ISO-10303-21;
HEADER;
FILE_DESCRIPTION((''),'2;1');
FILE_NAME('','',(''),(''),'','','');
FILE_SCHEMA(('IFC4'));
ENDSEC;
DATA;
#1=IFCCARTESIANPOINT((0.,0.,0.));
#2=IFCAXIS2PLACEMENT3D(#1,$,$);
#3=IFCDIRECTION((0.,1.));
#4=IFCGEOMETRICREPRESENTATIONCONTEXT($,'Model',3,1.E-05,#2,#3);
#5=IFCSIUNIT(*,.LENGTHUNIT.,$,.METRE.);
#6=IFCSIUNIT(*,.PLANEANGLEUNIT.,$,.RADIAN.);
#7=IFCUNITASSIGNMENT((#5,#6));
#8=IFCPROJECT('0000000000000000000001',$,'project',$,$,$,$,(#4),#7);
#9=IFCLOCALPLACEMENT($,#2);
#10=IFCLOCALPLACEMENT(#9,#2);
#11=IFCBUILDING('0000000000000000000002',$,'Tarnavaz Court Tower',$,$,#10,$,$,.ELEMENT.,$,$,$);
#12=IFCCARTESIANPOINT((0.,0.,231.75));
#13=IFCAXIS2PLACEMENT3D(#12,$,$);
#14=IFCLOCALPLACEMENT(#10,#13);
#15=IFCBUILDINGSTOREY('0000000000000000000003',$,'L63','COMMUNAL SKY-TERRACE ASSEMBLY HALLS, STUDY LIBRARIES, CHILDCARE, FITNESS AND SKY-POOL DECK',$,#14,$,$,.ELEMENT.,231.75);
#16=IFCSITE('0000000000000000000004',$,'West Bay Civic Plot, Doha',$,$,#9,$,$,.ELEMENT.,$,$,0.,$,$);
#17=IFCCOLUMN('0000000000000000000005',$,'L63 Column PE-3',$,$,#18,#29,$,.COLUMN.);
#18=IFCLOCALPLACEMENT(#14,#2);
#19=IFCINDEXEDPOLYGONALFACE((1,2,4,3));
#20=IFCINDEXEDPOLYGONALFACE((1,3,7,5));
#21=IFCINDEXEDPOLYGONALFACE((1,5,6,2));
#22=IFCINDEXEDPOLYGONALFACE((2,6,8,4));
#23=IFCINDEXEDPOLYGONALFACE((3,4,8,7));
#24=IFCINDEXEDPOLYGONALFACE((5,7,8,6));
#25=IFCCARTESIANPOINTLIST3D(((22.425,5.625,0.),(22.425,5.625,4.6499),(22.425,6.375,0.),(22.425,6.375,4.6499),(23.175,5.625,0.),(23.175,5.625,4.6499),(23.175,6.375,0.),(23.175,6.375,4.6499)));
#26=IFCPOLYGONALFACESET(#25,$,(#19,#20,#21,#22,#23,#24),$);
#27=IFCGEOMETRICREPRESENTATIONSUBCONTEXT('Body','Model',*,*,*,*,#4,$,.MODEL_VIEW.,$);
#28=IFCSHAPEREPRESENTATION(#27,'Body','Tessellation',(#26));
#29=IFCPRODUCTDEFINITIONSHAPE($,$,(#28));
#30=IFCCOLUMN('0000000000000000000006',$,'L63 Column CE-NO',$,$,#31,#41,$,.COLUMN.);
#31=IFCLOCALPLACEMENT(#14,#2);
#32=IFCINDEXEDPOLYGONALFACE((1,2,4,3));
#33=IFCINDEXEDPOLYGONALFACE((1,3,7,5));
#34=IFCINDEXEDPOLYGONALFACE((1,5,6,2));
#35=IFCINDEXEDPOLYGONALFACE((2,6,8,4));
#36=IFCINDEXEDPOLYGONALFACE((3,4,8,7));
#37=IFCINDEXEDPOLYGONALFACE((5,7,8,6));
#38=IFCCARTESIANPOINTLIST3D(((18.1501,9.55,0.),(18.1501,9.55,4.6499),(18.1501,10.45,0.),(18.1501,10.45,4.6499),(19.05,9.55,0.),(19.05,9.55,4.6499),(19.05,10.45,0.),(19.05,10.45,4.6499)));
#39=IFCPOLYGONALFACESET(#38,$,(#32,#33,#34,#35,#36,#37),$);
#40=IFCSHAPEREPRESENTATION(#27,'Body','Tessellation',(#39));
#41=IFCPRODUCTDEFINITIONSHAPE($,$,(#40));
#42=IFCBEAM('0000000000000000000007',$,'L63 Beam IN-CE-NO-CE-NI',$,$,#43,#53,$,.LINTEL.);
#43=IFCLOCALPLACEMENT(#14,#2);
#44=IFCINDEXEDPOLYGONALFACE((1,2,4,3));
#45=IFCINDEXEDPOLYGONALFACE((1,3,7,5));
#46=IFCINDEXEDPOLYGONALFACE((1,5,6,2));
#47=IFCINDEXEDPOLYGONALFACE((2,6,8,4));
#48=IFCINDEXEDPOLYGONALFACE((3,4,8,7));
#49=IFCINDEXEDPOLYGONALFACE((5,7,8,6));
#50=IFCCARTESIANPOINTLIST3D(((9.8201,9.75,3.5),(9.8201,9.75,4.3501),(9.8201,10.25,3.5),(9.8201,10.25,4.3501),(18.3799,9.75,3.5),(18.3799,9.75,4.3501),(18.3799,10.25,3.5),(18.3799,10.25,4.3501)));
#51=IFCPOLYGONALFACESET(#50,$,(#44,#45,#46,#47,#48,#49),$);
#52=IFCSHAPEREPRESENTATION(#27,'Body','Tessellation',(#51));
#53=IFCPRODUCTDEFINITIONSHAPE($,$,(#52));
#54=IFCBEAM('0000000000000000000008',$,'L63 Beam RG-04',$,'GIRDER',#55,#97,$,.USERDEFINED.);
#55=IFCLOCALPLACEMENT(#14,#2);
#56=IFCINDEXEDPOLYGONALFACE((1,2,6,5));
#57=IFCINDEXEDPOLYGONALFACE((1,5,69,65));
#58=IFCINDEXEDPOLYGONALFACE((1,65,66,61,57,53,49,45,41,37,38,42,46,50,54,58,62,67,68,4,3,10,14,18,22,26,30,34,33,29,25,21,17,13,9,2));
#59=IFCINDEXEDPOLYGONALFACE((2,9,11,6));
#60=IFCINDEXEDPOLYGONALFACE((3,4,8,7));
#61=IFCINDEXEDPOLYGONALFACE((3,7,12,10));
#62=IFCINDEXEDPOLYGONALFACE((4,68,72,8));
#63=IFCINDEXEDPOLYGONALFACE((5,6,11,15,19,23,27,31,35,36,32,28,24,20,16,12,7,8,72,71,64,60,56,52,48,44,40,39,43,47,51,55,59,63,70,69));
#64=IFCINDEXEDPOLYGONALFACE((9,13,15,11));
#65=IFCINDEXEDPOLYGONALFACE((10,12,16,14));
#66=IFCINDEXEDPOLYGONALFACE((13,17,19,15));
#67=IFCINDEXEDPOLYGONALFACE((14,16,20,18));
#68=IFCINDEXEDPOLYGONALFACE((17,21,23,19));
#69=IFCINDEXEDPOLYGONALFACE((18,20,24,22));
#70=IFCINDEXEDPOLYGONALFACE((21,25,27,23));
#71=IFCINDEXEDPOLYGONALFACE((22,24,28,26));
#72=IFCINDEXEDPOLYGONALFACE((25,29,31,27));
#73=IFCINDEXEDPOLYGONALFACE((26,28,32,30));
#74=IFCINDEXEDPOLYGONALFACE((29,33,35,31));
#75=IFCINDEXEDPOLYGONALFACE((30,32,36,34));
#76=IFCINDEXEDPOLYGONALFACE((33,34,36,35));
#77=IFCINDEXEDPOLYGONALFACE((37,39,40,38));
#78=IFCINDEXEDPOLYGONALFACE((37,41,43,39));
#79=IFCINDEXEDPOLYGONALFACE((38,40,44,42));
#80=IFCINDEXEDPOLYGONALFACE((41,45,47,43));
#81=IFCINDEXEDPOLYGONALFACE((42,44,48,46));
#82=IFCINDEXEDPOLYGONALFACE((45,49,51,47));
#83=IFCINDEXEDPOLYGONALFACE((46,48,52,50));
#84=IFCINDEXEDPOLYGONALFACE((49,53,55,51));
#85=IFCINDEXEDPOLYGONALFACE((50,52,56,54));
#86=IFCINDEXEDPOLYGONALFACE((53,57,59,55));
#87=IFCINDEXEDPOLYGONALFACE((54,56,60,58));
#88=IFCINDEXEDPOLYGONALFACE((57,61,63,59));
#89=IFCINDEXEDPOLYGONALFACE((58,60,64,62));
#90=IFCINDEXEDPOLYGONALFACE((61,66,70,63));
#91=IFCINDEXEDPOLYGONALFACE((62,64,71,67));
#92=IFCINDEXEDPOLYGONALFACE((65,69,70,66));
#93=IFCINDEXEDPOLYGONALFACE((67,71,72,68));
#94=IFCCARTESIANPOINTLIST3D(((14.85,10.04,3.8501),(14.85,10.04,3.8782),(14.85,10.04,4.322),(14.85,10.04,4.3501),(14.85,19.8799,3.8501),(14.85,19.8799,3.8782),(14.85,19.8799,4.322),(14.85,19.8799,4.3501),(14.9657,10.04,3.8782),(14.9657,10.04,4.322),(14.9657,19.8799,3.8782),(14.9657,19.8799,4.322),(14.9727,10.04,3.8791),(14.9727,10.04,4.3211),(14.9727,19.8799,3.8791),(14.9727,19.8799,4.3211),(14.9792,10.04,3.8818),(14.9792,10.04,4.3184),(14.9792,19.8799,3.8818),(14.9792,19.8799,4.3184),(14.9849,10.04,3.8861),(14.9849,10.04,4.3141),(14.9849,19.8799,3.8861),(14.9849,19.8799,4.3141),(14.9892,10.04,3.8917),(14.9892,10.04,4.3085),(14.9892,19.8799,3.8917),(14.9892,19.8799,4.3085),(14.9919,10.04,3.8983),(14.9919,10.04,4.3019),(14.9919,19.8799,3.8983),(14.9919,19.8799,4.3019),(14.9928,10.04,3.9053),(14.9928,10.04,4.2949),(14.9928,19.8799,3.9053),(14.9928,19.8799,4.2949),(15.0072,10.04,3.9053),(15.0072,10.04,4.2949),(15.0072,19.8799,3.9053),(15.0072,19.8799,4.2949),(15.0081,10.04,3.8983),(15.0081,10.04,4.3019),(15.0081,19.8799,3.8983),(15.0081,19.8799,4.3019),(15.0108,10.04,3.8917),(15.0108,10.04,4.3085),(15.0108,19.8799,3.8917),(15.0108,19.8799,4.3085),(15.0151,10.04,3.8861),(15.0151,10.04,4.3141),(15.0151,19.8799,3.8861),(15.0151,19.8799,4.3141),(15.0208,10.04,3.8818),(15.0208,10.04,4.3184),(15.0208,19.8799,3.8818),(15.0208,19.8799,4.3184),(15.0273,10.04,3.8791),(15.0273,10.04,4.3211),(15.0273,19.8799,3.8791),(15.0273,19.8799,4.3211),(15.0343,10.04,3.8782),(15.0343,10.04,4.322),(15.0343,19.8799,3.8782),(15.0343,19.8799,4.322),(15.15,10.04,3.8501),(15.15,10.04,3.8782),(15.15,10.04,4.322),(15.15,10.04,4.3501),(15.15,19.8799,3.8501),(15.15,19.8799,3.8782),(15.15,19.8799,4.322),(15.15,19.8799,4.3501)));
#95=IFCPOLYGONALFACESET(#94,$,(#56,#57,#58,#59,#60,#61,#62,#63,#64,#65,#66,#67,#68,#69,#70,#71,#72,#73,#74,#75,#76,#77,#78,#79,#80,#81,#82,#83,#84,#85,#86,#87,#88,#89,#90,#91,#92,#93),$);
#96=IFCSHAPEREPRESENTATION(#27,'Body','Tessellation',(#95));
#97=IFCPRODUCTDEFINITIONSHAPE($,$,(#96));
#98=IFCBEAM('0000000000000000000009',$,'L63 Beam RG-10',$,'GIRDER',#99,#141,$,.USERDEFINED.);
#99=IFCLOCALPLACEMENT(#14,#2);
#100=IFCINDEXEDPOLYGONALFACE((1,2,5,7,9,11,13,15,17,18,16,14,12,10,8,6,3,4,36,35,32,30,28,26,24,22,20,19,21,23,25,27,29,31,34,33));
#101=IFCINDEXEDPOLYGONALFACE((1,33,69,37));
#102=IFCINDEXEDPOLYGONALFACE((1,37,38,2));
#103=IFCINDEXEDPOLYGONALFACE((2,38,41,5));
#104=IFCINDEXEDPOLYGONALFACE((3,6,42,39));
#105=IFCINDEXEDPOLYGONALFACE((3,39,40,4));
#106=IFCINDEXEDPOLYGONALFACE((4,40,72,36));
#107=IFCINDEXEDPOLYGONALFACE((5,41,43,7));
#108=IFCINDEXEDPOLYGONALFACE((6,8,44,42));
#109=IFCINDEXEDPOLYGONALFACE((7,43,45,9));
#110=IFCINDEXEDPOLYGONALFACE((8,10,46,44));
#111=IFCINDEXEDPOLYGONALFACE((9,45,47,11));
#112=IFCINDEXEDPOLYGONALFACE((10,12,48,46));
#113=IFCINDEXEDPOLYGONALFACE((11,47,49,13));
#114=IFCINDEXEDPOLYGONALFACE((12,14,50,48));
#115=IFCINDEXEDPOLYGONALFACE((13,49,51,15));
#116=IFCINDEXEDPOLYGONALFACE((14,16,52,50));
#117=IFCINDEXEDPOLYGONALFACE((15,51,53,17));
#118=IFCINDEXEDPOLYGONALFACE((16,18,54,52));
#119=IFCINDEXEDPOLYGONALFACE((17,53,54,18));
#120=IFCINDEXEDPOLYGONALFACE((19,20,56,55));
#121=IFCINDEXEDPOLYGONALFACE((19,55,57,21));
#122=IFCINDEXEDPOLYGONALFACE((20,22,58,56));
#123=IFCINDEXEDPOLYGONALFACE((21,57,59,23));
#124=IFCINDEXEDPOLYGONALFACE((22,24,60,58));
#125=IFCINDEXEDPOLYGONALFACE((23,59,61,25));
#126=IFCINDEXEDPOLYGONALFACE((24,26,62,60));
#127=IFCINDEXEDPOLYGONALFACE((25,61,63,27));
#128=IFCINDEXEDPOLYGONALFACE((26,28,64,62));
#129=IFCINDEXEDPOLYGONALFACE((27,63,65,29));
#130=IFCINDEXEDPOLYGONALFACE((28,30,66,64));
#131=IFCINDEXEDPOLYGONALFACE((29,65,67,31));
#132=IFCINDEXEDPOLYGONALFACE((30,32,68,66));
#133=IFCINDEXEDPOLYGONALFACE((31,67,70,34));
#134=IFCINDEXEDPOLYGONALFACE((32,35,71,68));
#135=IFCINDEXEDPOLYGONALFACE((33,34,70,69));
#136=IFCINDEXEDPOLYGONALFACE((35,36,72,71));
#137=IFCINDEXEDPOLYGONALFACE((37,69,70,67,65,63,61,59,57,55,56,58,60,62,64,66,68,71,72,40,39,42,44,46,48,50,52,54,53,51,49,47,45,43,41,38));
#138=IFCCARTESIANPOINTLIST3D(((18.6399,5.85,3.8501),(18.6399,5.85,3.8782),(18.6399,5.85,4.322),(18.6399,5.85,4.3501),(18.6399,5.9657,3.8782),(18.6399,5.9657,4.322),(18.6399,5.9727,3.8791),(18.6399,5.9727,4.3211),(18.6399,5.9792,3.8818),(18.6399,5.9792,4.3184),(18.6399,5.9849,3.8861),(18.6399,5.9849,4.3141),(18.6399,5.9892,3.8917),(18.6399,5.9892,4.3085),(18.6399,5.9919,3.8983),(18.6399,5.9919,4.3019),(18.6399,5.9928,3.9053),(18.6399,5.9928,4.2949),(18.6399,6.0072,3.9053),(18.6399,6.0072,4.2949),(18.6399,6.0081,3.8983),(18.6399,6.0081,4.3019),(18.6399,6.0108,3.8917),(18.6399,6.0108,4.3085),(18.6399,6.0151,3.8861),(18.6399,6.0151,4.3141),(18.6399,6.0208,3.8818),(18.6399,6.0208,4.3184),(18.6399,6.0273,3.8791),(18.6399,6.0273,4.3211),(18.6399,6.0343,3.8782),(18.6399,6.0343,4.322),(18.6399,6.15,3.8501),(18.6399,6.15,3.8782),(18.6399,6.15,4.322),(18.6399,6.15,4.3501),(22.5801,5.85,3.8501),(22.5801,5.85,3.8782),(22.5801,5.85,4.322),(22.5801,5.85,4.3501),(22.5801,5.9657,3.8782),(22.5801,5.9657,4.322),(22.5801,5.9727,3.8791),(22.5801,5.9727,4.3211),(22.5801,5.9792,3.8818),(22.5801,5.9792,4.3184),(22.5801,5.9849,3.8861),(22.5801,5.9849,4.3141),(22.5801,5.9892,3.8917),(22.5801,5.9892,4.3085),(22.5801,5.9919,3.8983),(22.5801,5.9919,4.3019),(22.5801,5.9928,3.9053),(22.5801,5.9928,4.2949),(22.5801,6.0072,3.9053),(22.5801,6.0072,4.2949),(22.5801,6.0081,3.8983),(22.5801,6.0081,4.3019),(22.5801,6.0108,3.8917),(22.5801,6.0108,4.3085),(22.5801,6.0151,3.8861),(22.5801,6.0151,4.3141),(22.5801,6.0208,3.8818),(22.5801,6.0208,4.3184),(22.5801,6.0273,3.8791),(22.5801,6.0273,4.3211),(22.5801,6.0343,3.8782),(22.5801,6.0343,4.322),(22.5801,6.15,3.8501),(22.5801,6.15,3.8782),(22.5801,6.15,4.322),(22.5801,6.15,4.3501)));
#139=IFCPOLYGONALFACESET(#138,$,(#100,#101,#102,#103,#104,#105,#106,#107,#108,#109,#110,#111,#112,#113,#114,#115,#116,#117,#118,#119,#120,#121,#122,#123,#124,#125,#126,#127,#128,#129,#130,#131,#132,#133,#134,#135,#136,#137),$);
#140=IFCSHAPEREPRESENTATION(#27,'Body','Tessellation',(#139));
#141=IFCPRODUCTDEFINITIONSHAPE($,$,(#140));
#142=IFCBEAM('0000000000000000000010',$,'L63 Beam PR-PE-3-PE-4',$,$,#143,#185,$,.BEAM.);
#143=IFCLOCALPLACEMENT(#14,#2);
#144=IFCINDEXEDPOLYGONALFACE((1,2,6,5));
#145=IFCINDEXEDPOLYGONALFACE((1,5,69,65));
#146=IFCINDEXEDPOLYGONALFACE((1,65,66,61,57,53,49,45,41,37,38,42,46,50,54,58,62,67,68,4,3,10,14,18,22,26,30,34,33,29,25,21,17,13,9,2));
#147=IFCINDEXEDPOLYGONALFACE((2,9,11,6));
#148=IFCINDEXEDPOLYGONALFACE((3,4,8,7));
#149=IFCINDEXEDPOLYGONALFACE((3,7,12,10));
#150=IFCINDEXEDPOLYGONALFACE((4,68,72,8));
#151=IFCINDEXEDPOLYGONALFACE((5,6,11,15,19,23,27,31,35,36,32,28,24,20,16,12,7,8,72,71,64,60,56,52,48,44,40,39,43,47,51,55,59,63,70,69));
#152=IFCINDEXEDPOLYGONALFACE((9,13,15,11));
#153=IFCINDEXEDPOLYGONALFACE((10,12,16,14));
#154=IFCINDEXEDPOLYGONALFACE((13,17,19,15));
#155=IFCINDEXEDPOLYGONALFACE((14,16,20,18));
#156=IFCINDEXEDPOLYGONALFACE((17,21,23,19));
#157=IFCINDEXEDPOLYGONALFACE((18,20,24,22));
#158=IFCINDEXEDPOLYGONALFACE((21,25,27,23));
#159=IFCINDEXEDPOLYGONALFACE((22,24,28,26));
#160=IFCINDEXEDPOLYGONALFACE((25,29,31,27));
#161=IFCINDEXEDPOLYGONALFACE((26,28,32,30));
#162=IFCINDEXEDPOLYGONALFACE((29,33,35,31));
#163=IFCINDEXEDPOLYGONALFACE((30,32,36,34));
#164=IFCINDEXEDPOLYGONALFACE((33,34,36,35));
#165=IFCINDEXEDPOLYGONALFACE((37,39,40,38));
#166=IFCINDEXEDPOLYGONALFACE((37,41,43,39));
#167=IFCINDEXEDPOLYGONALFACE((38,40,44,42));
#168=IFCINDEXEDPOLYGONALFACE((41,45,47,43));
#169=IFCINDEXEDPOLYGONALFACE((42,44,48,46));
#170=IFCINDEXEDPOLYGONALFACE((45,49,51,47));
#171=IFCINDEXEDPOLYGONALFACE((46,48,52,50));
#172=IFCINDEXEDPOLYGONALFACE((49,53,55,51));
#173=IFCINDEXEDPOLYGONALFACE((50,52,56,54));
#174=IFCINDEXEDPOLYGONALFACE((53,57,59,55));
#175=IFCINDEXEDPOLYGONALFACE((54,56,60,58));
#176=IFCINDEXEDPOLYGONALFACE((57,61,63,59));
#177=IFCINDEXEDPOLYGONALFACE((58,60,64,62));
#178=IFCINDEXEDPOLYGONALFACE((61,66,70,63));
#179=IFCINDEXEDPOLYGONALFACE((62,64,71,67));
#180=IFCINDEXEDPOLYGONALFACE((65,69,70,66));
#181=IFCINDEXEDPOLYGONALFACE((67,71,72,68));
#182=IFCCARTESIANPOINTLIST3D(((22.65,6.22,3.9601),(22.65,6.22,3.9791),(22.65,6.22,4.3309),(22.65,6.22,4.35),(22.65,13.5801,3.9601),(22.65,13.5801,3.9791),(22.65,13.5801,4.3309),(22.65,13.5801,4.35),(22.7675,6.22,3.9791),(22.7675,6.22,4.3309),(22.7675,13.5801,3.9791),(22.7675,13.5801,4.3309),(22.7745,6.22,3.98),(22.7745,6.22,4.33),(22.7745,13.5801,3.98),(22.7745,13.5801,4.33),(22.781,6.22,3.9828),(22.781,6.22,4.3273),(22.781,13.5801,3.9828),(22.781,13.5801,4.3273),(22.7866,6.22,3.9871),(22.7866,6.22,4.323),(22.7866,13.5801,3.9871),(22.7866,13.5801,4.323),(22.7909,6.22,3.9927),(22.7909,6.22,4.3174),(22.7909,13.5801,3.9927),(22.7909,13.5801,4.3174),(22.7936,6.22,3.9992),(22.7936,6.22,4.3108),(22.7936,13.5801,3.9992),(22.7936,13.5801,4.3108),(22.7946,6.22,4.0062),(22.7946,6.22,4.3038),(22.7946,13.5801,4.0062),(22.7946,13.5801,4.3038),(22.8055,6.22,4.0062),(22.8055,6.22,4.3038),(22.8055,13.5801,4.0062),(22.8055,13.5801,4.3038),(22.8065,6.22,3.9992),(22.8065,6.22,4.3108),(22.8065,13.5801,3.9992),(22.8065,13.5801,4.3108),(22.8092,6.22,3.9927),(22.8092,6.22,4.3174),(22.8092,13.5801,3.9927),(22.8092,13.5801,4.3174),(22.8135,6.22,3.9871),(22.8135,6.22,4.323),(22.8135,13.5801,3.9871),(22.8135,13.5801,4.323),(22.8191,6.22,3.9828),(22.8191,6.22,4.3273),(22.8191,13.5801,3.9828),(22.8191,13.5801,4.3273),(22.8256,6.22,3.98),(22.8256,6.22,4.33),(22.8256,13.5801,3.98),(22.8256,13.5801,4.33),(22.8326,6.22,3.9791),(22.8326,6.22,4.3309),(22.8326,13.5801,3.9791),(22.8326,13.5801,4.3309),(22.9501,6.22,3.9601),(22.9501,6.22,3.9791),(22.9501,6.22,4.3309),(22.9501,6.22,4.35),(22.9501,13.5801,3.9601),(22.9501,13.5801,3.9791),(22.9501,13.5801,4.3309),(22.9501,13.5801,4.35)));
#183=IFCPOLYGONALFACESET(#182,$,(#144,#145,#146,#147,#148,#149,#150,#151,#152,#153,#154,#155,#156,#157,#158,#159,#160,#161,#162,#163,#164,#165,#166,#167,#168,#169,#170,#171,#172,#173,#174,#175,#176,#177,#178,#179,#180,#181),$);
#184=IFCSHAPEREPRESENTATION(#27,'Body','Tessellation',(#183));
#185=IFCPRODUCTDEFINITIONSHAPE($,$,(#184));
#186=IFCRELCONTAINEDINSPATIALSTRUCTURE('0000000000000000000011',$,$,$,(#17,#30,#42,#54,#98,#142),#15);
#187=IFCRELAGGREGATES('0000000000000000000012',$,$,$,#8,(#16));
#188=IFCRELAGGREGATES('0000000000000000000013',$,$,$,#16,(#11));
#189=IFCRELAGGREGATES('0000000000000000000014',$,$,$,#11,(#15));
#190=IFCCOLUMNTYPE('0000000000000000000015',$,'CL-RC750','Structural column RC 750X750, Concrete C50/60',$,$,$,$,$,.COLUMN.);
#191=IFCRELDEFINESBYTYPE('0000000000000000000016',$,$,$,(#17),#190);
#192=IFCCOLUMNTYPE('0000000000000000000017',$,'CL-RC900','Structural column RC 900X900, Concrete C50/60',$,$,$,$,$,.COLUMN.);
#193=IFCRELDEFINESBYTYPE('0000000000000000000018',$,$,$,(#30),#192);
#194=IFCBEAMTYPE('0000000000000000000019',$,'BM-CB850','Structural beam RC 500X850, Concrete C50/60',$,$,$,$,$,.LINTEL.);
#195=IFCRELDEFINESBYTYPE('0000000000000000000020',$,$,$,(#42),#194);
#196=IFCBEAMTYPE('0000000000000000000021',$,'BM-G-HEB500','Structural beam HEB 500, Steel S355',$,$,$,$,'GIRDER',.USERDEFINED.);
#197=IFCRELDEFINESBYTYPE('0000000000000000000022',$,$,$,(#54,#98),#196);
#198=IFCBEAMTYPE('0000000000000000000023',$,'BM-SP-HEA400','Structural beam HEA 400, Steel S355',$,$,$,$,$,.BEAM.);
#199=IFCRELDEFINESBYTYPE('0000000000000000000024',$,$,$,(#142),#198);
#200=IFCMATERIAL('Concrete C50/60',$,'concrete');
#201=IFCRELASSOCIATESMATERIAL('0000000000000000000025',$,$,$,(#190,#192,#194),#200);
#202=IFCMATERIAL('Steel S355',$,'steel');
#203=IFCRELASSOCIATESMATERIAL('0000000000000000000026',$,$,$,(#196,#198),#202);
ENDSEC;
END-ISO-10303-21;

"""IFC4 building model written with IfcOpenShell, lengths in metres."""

from ifc_helpers import new_model, si_unit, direction, frame, origin, origin_2d, place, context, subcontext, project, spatial, rectangle, i_section, extrude, material, material_profile, profile_set, type_object, element, save


model = new_model("IFC4")

# Units and contexts
model_context = context("Model", 3, precision=1e-05, world=origin(), true_north=direction((0.0, 1.0)))
body_context = subcontext(model_context, "Body", "Model", "MODEL_VIEW")
ifc_project = project(units=[si_unit("LENGTHUNIT", "METRE"), si_unit("PLANEANGLEUNIT", "RADIAN")], contexts=[model_context])

# Site, building, storey
site_placement = place(None, origin())
site = spatial("IfcSite", under=ifc_project, at=site_placement, Name="West Bay Civic Plot, Doha", CompositionType="ELEMENT", RefElevation=0.0)
building_placement = place(site_placement, origin())
building = spatial("IfcBuilding", under=site, at=building_placement, Name="Tarnavaz Court Tower", CompositionType="ELEMENT")
storey_placement = place(building_placement, frame((0.0, 0.0, 231.75)))
storey = spatial("IfcBuildingStorey", under=building, at=storey_placement, Name="L63", Description="COMMUNAL SKY-TERRACE ASSEMBLY HALLS, STUDY LIBRARIES, CHILDCARE, FITNESS AND SKY-POOL DECK", CompositionType="ELEMENT", Elevation=231.75)

# Columns
ifc_material_1 = material(Name="Concrete C50/60", Category="concrete")
ifc_material_profile_1 = material_profile(ifc_material_1, rectangle(XDim=0.75, YDim=0.75, at=origin_2d()), Name="RC 750X750")
ifc_profile_set_1 = profile_set([ifc_material_profile_1], Name="Concrete C50/60")
column_type_1 = type_object("IfcColumnType", Name="CL-RC750", Description="Structural column RC 750X750, Concrete C50/60", PredefinedType="COLUMN", material=ifc_profile_set_1)
column_1_placement = place(storey_placement, frame((22.8, 6.0, 0.0), z_axis=(0.0, 0.0, 1.0), x_axis=(1.0, 0.0, 0.0)))
element("IfcColumn", 1, at=column_1_placement, inside=storey, type_object=column_type_1, Name="L63 Column PE-3", PredefinedType="COLUMN", context=body_context, shape_type="SweptSolid", body=[
    extrude(rectangle(XDim=0.75, YDim=0.75, at=origin_2d()), origin(), (0.0, 0.0, 1.0), 4.6499),
])
ifc_material_profile_2 = material_profile(ifc_material_1, rectangle(XDim=0.8999, YDim=0.8999, at=origin_2d()), Name="RC 900X900")
ifc_profile_set_2 = profile_set([ifc_material_profile_2], Name="Concrete C50/60")
column_type_2 = type_object("IfcColumnType", Name="CL-RC900", Description="Structural column RC 900X900, Concrete C50/60", PredefinedType="COLUMN", material=ifc_profile_set_2)
column_2_placement = place(storey_placement, frame((18.6001, 10.0, 0.0), z_axis=(0.0, 0.0, 1.0), x_axis=(1.0, 0.0, 0.0)))
element("IfcColumn", 2, at=column_2_placement, inside=storey, type_object=column_type_2, Name="L63 Column CE-NO", PredefinedType="COLUMN", context=body_context, shape_type="SweptSolid", body=[
    extrude(rectangle(XDim=0.8999, YDim=0.8999, at=origin_2d()), origin(), (0.0, 0.0, 1.0), 4.6499),
])

# Beams
ifc_material_profile_3 = material_profile(ifc_material_1, rectangle(XDim=0.5, YDim=0.8501, at=origin_2d()), Name="RC 500X850")
ifc_profile_set_3 = profile_set([ifc_material_profile_3], Name="Concrete C50/60")
beam_type_1 = type_object("IfcBeamType", Name="BM-CB850", Description="Structural beam RC 500X850, Concrete C50/60", PredefinedType="LINTEL", material=ifc_profile_set_3)
beam_1_placement = place(storey_placement, frame((18.3799, 10.0, 3.925), z_axis=(-1.0, 0.0, 0.0), x_axis=(0.0, -1.0, 0.0)))
element("IfcBeam", 3, at=beam_1_placement, inside=storey, type_object=beam_type_1, Name="L63 Beam IN-CE-NO-CE-NI", PredefinedType="LINTEL", context=body_context, shape_type="SweptSolid", body=[
    extrude(rectangle(XDim=0.5, YDim=0.8501, at=origin_2d()), origin(), (0.0, 0.0, 1.0), 8.5598),
])
ifc_material_2 = material(Name="Steel S355", Category="steel")
ifc_material_profile_4 = material_profile(ifc_material_2, i_section(OverallWidth=0.3, OverallDepth=0.5, WebThickness=0.0144, FlangeThickness=0.0281, FilletRadius=0.0271, at=origin_2d()), Name="HEB 500")
ifc_profile_set_4 = profile_set([ifc_material_profile_4], Name="Steel S355")
beam_type_2 = type_object("IfcBeamType", Name="BM-G-HEB500", Description="Structural beam HEB 500, Steel S355", ElementType="GIRDER", PredefinedType="USERDEFINED", material=ifc_profile_set_4)
beam_2_placement = place(storey_placement, frame((15.0, 10.04, 4.1001), z_axis=(0.0, 1.0, 0.0), x_axis=(-1.0, 0.0, 0.0)))
element("IfcBeam", 4, at=beam_2_placement, inside=storey, type_object=beam_type_2, Name="L63 Beam RG-04", ObjectType="GIRDER", PredefinedType="USERDEFINED", context=body_context, shape_type="SweptSolid", body=[
    extrude(i_section(OverallWidth=0.3, OverallDepth=0.5, WebThickness=0.0144, FlangeThickness=0.0281, FilletRadius=0.0271, at=origin_2d()), origin(), (0.0, 0.0, 1.0), 9.8398),
])
beam_3_placement = place(storey_placement, frame((18.6399, 6.0, 4.1001), z_axis=(1.0, 0.0, 0.0), x_axis=(0.0, 1.0, 0.0)))
element("IfcBeam", 5, at=beam_3_placement, inside=storey, type_object=beam_type_2, Name="L63 Beam RG-10", ObjectType="GIRDER", PredefinedType="USERDEFINED", context=body_context, shape_type="SweptSolid", body=[
    extrude(i_section(OverallWidth=0.3, OverallDepth=0.5, WebThickness=0.0144, FlangeThickness=0.0281, FilletRadius=0.0271, at=origin_2d()), origin(), (0.0, 0.0, 1.0), 3.9402),
])
ifc_material_profile_5 = material_profile(ifc_material_2, i_section(OverallWidth=0.3, OverallDepth=0.3899, WebThickness=0.011, FlangeThickness=0.019, FilletRadius=0.0271, at=origin_2d()), Name="HEA 400")
ifc_profile_set_5 = profile_set([ifc_material_profile_5], Name="Steel S355")
beam_type_3 = type_object("IfcBeamType", Name="BM-SP-HEA400", Description="Structural beam HEA 400, Steel S355", PredefinedType="BEAM", material=ifc_profile_set_5)
beam_4_placement = place(storey_placement, frame((22.8, 6.22, 4.155), z_axis=(0.0, 1.0, 0.0), x_axis=(-1.0, 0.0, 0.0)))
element("IfcBeam", 6, at=beam_4_placement, inside=storey, type_object=beam_type_3, Name="L63 Beam PR-PE-3-PE-4", PredefinedType="BEAM", context=body_context, shape_type="SweptSolid", body=[
    extrude(i_section(OverallWidth=0.3, OverallDepth=0.3899, WebThickness=0.011, FlangeThickness=0.019, FilletRadius=0.0271, at=origin_2d()), origin(), (0.0, 0.0, 1.0), 7.3601),
])

save(model, "model.ifc")
